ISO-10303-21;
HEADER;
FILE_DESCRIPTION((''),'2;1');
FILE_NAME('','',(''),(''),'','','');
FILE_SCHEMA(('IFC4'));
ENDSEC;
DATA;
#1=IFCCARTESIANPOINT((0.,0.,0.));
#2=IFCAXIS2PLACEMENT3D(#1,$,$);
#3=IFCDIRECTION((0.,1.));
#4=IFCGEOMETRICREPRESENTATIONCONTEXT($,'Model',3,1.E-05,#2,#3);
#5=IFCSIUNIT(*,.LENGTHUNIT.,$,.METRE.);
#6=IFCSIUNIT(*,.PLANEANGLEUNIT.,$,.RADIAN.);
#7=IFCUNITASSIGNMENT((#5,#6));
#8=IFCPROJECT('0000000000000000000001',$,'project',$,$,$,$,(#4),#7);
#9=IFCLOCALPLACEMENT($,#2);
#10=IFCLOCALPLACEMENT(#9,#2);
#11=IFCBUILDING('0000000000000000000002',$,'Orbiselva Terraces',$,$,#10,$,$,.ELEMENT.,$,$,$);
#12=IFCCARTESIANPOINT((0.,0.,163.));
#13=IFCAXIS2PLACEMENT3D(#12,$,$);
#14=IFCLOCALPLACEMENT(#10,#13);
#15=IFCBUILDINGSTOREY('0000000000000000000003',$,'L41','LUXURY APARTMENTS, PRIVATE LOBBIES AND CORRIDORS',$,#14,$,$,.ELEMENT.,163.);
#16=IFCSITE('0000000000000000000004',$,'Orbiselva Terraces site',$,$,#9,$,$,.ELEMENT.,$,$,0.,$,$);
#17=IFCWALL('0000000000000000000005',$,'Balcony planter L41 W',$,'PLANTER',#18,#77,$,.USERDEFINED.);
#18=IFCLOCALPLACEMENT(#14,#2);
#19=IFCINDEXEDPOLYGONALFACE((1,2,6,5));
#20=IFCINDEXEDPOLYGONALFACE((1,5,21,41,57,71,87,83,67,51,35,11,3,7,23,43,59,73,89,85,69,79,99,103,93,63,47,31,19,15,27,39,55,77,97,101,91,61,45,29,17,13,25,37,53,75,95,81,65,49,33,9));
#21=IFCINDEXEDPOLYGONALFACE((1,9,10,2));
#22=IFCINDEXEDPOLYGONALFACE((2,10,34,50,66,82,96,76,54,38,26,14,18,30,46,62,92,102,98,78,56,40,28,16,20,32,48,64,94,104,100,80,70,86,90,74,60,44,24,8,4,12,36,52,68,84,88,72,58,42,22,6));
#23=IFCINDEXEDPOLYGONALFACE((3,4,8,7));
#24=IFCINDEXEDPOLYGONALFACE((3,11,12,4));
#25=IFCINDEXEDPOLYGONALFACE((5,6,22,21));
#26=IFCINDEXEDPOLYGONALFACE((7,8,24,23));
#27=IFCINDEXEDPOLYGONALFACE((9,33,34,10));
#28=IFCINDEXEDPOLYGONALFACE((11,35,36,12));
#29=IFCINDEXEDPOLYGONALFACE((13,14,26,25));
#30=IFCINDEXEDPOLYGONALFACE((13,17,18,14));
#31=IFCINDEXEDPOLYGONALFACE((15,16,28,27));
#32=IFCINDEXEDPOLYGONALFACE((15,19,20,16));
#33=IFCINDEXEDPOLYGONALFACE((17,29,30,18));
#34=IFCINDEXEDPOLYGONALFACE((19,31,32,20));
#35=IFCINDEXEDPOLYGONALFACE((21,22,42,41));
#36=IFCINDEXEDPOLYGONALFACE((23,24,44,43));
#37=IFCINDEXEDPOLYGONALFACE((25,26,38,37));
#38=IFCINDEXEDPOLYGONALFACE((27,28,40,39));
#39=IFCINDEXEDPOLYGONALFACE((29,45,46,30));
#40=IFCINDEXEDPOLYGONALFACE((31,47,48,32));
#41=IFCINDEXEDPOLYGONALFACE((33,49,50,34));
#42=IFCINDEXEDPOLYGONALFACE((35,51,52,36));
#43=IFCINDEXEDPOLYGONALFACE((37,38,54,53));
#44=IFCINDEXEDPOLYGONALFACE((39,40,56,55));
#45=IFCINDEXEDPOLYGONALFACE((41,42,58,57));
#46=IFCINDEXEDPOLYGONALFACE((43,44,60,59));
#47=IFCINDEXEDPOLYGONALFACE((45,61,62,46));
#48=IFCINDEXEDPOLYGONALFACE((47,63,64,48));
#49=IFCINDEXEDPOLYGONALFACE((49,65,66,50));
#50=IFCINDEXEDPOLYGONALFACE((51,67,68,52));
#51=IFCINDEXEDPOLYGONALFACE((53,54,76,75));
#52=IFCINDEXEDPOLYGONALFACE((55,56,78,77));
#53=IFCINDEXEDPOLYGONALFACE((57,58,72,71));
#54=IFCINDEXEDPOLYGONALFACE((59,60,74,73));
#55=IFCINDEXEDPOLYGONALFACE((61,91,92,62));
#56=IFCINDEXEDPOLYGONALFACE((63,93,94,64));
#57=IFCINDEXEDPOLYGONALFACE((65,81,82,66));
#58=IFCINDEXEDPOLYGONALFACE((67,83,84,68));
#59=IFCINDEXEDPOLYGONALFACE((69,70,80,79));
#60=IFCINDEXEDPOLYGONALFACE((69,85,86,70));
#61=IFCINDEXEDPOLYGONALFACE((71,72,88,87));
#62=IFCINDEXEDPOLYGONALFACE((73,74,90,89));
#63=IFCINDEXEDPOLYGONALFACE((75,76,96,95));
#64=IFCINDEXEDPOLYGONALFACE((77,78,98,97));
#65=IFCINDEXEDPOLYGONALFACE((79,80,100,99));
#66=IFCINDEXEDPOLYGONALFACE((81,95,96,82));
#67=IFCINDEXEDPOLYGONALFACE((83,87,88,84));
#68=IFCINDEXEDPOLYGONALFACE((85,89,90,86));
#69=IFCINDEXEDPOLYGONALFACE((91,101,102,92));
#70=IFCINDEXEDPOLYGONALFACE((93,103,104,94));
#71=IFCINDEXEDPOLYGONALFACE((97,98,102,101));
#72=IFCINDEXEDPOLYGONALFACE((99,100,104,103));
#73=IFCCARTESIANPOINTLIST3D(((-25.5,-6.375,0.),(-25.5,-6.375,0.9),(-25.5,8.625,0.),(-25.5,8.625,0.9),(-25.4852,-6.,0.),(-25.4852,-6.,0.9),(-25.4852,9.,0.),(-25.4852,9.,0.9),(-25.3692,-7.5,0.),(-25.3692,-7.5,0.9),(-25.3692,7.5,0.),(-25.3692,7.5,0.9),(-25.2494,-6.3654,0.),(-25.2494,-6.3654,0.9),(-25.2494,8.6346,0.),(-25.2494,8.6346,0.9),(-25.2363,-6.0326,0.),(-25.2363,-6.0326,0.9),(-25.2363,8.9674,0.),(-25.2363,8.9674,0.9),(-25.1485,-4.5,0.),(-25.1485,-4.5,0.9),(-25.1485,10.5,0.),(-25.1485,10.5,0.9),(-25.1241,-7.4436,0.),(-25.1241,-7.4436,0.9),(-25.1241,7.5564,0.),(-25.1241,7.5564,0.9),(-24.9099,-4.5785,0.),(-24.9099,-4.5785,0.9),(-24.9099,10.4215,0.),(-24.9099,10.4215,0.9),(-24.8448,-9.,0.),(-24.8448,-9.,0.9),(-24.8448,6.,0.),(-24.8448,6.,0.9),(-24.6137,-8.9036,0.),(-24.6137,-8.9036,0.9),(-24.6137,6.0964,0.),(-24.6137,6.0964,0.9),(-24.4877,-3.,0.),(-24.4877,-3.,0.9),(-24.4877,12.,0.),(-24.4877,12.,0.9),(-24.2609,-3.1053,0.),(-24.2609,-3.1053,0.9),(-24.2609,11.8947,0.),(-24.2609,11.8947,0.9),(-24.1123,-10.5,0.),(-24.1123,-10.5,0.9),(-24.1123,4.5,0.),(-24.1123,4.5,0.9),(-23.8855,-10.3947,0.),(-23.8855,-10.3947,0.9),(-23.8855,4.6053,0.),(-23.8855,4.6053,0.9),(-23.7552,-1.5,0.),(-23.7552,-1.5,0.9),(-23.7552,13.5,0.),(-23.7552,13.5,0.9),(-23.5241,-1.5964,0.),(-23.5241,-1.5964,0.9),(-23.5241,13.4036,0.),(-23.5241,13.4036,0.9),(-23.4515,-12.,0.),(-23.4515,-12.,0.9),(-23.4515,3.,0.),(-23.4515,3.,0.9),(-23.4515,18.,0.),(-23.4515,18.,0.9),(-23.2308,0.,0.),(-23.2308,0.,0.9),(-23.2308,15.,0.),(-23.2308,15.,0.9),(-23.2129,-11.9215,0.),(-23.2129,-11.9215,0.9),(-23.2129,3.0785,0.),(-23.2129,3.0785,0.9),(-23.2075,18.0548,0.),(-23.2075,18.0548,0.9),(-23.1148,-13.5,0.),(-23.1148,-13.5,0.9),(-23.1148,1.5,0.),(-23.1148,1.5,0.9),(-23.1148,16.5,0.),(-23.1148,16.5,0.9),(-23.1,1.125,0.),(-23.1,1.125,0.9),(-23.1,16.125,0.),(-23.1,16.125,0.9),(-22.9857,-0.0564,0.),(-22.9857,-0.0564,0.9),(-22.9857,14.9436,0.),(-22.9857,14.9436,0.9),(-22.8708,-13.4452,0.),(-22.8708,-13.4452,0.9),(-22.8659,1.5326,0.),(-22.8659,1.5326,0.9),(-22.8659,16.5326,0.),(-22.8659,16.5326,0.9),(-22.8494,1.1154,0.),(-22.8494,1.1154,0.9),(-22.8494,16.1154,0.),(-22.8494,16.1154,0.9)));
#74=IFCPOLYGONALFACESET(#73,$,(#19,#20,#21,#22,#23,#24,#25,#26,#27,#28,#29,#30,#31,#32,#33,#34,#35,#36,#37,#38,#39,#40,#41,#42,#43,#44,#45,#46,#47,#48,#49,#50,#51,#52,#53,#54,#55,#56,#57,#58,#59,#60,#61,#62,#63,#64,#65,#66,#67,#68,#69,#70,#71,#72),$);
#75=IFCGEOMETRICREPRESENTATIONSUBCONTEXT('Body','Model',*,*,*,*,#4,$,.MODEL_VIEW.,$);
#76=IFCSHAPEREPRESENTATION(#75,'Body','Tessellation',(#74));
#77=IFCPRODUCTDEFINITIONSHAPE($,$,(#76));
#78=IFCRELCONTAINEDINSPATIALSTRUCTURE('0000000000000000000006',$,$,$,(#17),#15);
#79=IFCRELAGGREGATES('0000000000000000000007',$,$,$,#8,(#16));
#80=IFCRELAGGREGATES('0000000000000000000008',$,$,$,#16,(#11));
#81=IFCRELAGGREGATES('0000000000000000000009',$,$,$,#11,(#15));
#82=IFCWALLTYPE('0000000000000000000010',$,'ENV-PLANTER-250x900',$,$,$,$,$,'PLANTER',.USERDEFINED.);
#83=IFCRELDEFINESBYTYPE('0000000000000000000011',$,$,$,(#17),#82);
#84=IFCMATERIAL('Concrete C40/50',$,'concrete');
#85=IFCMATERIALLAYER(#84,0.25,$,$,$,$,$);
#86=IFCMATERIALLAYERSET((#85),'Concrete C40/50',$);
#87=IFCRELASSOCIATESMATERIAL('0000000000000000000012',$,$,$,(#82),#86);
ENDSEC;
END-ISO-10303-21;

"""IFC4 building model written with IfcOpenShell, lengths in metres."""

from ifc_helpers import new_model, si_unit, direction, frame, origin, place, context, subcontext, project, spatial, polyline, outline, extrude, material, layer, layer_set, type_object, element, save


model = new_model("IFC4")

# Units and contexts
model_context = context("Model", 3, precision=1e-05, world=origin(), true_north=direction((0.0, 1.0)))
body_context = subcontext(model_context, "Body", "Model", "MODEL_VIEW")
ifc_project = project(units=[si_unit("LENGTHUNIT", "METRE"), si_unit("PLANEANGLEUNIT", "RADIAN")], contexts=[model_context])

# Site, building, storey
site_placement = place(None, origin())
site = spatial("IfcSite", under=ifc_project, at=site_placement, Name="Orbiselva Terraces site", CompositionType="ELEMENT", RefElevation=0.0)
building_placement = place(site_placement, origin())
building = spatial("IfcBuilding", under=site, at=building_placement, Name="Orbiselva Terraces", CompositionType="ELEMENT")
storey_placement = place(building_placement, frame((0.0, 0.0, 163.0)))
storey = spatial("IfcBuildingStorey", under=building, at=storey_placement, Name="L41", Description="LUXURY APARTMENTS, PRIVATE LOBBIES AND CORRIDORS", CompositionType="ELEMENT", Elevation=163.0)

# Shared definitions
ifc_material_1 = material(Name="Concrete C40/50", Category="concrete")

# Wall
ifc_layer_1 = layer(ifc_material_1, 0.25)
ifc_layer_set_1 = layer_set([ifc_layer_1], Name="Concrete C40/50")
wall_type = type_object("IfcWallType", Name="ENV-PLANTER-250x900", ElementType="PLANTER", PredefinedType="USERDEFINED", material=ifc_layer_set_1)
wall_1_placement = place(storey_placement, origin())
element("IfcWall", 1, at=wall_1_placement, inside=storey, type_object=wall_type, Name="Balcony planter L41 W", ObjectType="PLANTER", PredefinedType="USERDEFINED", context=body_context, shape_type="SweptSolid", body=[
    extrude(outline(polyline([(-23.4515, 18.0), (-23.1148, 16.5), (-23.1, 16.125), (-23.2308, 15.0), (-23.7552, 13.5), (-24.4877, 12.0), (-25.1485, 10.5), (-25.4852, 9.0), (-25.5, 8.625), (-25.3692, 7.5), (-24.8448, 6.0), (-24.1123, 4.5), (-23.4515, 3.0), (-23.1148, 1.5), (-23.1, 1.125), (-23.2308, 0.0), (-23.7552, -1.5), (-24.4877, -3.0), (-25.1485, -4.5), (-25.4852, -6.0), (-25.5, -6.375), (-25.3692, -7.5), (-24.8448, -9.0), (-24.1123, -10.5), (-23.4515, -12.0), (-23.1148, -13.5), (-22.8708, -13.4452), (-23.2129, -11.9215), (-23.8855, -10.3947), (-24.6137, -8.9036), (-25.1241, -7.4436), (-25.2494, -6.3654), (-25.2363, -6.0326), (-24.9099, -4.5785), (-24.2609, -3.1053), (-23.5241, -1.5964), (-22.9857, -0.0564), (-22.8494, 1.1154), (-22.8659, 1.5326), (-23.2129, 3.0785), (-23.8855, 4.6053), (-24.6137, 6.0964), (-25.1241, 7.5564), (-25.2494, 8.6346), (-25.2363, 8.9674), (-24.9099, 10.4215), (-24.2609, 11.8947), (-23.5241, 13.4036), (-22.9857, 14.9436), (-22.8494, 16.1154), (-22.8659, 16.5326), (-23.2075, 18.0548), (-23.4515, 18.0)])), origin(), (0.0, 0.0, 1.0), 0.9),
])

save(model, "model.ifc")
